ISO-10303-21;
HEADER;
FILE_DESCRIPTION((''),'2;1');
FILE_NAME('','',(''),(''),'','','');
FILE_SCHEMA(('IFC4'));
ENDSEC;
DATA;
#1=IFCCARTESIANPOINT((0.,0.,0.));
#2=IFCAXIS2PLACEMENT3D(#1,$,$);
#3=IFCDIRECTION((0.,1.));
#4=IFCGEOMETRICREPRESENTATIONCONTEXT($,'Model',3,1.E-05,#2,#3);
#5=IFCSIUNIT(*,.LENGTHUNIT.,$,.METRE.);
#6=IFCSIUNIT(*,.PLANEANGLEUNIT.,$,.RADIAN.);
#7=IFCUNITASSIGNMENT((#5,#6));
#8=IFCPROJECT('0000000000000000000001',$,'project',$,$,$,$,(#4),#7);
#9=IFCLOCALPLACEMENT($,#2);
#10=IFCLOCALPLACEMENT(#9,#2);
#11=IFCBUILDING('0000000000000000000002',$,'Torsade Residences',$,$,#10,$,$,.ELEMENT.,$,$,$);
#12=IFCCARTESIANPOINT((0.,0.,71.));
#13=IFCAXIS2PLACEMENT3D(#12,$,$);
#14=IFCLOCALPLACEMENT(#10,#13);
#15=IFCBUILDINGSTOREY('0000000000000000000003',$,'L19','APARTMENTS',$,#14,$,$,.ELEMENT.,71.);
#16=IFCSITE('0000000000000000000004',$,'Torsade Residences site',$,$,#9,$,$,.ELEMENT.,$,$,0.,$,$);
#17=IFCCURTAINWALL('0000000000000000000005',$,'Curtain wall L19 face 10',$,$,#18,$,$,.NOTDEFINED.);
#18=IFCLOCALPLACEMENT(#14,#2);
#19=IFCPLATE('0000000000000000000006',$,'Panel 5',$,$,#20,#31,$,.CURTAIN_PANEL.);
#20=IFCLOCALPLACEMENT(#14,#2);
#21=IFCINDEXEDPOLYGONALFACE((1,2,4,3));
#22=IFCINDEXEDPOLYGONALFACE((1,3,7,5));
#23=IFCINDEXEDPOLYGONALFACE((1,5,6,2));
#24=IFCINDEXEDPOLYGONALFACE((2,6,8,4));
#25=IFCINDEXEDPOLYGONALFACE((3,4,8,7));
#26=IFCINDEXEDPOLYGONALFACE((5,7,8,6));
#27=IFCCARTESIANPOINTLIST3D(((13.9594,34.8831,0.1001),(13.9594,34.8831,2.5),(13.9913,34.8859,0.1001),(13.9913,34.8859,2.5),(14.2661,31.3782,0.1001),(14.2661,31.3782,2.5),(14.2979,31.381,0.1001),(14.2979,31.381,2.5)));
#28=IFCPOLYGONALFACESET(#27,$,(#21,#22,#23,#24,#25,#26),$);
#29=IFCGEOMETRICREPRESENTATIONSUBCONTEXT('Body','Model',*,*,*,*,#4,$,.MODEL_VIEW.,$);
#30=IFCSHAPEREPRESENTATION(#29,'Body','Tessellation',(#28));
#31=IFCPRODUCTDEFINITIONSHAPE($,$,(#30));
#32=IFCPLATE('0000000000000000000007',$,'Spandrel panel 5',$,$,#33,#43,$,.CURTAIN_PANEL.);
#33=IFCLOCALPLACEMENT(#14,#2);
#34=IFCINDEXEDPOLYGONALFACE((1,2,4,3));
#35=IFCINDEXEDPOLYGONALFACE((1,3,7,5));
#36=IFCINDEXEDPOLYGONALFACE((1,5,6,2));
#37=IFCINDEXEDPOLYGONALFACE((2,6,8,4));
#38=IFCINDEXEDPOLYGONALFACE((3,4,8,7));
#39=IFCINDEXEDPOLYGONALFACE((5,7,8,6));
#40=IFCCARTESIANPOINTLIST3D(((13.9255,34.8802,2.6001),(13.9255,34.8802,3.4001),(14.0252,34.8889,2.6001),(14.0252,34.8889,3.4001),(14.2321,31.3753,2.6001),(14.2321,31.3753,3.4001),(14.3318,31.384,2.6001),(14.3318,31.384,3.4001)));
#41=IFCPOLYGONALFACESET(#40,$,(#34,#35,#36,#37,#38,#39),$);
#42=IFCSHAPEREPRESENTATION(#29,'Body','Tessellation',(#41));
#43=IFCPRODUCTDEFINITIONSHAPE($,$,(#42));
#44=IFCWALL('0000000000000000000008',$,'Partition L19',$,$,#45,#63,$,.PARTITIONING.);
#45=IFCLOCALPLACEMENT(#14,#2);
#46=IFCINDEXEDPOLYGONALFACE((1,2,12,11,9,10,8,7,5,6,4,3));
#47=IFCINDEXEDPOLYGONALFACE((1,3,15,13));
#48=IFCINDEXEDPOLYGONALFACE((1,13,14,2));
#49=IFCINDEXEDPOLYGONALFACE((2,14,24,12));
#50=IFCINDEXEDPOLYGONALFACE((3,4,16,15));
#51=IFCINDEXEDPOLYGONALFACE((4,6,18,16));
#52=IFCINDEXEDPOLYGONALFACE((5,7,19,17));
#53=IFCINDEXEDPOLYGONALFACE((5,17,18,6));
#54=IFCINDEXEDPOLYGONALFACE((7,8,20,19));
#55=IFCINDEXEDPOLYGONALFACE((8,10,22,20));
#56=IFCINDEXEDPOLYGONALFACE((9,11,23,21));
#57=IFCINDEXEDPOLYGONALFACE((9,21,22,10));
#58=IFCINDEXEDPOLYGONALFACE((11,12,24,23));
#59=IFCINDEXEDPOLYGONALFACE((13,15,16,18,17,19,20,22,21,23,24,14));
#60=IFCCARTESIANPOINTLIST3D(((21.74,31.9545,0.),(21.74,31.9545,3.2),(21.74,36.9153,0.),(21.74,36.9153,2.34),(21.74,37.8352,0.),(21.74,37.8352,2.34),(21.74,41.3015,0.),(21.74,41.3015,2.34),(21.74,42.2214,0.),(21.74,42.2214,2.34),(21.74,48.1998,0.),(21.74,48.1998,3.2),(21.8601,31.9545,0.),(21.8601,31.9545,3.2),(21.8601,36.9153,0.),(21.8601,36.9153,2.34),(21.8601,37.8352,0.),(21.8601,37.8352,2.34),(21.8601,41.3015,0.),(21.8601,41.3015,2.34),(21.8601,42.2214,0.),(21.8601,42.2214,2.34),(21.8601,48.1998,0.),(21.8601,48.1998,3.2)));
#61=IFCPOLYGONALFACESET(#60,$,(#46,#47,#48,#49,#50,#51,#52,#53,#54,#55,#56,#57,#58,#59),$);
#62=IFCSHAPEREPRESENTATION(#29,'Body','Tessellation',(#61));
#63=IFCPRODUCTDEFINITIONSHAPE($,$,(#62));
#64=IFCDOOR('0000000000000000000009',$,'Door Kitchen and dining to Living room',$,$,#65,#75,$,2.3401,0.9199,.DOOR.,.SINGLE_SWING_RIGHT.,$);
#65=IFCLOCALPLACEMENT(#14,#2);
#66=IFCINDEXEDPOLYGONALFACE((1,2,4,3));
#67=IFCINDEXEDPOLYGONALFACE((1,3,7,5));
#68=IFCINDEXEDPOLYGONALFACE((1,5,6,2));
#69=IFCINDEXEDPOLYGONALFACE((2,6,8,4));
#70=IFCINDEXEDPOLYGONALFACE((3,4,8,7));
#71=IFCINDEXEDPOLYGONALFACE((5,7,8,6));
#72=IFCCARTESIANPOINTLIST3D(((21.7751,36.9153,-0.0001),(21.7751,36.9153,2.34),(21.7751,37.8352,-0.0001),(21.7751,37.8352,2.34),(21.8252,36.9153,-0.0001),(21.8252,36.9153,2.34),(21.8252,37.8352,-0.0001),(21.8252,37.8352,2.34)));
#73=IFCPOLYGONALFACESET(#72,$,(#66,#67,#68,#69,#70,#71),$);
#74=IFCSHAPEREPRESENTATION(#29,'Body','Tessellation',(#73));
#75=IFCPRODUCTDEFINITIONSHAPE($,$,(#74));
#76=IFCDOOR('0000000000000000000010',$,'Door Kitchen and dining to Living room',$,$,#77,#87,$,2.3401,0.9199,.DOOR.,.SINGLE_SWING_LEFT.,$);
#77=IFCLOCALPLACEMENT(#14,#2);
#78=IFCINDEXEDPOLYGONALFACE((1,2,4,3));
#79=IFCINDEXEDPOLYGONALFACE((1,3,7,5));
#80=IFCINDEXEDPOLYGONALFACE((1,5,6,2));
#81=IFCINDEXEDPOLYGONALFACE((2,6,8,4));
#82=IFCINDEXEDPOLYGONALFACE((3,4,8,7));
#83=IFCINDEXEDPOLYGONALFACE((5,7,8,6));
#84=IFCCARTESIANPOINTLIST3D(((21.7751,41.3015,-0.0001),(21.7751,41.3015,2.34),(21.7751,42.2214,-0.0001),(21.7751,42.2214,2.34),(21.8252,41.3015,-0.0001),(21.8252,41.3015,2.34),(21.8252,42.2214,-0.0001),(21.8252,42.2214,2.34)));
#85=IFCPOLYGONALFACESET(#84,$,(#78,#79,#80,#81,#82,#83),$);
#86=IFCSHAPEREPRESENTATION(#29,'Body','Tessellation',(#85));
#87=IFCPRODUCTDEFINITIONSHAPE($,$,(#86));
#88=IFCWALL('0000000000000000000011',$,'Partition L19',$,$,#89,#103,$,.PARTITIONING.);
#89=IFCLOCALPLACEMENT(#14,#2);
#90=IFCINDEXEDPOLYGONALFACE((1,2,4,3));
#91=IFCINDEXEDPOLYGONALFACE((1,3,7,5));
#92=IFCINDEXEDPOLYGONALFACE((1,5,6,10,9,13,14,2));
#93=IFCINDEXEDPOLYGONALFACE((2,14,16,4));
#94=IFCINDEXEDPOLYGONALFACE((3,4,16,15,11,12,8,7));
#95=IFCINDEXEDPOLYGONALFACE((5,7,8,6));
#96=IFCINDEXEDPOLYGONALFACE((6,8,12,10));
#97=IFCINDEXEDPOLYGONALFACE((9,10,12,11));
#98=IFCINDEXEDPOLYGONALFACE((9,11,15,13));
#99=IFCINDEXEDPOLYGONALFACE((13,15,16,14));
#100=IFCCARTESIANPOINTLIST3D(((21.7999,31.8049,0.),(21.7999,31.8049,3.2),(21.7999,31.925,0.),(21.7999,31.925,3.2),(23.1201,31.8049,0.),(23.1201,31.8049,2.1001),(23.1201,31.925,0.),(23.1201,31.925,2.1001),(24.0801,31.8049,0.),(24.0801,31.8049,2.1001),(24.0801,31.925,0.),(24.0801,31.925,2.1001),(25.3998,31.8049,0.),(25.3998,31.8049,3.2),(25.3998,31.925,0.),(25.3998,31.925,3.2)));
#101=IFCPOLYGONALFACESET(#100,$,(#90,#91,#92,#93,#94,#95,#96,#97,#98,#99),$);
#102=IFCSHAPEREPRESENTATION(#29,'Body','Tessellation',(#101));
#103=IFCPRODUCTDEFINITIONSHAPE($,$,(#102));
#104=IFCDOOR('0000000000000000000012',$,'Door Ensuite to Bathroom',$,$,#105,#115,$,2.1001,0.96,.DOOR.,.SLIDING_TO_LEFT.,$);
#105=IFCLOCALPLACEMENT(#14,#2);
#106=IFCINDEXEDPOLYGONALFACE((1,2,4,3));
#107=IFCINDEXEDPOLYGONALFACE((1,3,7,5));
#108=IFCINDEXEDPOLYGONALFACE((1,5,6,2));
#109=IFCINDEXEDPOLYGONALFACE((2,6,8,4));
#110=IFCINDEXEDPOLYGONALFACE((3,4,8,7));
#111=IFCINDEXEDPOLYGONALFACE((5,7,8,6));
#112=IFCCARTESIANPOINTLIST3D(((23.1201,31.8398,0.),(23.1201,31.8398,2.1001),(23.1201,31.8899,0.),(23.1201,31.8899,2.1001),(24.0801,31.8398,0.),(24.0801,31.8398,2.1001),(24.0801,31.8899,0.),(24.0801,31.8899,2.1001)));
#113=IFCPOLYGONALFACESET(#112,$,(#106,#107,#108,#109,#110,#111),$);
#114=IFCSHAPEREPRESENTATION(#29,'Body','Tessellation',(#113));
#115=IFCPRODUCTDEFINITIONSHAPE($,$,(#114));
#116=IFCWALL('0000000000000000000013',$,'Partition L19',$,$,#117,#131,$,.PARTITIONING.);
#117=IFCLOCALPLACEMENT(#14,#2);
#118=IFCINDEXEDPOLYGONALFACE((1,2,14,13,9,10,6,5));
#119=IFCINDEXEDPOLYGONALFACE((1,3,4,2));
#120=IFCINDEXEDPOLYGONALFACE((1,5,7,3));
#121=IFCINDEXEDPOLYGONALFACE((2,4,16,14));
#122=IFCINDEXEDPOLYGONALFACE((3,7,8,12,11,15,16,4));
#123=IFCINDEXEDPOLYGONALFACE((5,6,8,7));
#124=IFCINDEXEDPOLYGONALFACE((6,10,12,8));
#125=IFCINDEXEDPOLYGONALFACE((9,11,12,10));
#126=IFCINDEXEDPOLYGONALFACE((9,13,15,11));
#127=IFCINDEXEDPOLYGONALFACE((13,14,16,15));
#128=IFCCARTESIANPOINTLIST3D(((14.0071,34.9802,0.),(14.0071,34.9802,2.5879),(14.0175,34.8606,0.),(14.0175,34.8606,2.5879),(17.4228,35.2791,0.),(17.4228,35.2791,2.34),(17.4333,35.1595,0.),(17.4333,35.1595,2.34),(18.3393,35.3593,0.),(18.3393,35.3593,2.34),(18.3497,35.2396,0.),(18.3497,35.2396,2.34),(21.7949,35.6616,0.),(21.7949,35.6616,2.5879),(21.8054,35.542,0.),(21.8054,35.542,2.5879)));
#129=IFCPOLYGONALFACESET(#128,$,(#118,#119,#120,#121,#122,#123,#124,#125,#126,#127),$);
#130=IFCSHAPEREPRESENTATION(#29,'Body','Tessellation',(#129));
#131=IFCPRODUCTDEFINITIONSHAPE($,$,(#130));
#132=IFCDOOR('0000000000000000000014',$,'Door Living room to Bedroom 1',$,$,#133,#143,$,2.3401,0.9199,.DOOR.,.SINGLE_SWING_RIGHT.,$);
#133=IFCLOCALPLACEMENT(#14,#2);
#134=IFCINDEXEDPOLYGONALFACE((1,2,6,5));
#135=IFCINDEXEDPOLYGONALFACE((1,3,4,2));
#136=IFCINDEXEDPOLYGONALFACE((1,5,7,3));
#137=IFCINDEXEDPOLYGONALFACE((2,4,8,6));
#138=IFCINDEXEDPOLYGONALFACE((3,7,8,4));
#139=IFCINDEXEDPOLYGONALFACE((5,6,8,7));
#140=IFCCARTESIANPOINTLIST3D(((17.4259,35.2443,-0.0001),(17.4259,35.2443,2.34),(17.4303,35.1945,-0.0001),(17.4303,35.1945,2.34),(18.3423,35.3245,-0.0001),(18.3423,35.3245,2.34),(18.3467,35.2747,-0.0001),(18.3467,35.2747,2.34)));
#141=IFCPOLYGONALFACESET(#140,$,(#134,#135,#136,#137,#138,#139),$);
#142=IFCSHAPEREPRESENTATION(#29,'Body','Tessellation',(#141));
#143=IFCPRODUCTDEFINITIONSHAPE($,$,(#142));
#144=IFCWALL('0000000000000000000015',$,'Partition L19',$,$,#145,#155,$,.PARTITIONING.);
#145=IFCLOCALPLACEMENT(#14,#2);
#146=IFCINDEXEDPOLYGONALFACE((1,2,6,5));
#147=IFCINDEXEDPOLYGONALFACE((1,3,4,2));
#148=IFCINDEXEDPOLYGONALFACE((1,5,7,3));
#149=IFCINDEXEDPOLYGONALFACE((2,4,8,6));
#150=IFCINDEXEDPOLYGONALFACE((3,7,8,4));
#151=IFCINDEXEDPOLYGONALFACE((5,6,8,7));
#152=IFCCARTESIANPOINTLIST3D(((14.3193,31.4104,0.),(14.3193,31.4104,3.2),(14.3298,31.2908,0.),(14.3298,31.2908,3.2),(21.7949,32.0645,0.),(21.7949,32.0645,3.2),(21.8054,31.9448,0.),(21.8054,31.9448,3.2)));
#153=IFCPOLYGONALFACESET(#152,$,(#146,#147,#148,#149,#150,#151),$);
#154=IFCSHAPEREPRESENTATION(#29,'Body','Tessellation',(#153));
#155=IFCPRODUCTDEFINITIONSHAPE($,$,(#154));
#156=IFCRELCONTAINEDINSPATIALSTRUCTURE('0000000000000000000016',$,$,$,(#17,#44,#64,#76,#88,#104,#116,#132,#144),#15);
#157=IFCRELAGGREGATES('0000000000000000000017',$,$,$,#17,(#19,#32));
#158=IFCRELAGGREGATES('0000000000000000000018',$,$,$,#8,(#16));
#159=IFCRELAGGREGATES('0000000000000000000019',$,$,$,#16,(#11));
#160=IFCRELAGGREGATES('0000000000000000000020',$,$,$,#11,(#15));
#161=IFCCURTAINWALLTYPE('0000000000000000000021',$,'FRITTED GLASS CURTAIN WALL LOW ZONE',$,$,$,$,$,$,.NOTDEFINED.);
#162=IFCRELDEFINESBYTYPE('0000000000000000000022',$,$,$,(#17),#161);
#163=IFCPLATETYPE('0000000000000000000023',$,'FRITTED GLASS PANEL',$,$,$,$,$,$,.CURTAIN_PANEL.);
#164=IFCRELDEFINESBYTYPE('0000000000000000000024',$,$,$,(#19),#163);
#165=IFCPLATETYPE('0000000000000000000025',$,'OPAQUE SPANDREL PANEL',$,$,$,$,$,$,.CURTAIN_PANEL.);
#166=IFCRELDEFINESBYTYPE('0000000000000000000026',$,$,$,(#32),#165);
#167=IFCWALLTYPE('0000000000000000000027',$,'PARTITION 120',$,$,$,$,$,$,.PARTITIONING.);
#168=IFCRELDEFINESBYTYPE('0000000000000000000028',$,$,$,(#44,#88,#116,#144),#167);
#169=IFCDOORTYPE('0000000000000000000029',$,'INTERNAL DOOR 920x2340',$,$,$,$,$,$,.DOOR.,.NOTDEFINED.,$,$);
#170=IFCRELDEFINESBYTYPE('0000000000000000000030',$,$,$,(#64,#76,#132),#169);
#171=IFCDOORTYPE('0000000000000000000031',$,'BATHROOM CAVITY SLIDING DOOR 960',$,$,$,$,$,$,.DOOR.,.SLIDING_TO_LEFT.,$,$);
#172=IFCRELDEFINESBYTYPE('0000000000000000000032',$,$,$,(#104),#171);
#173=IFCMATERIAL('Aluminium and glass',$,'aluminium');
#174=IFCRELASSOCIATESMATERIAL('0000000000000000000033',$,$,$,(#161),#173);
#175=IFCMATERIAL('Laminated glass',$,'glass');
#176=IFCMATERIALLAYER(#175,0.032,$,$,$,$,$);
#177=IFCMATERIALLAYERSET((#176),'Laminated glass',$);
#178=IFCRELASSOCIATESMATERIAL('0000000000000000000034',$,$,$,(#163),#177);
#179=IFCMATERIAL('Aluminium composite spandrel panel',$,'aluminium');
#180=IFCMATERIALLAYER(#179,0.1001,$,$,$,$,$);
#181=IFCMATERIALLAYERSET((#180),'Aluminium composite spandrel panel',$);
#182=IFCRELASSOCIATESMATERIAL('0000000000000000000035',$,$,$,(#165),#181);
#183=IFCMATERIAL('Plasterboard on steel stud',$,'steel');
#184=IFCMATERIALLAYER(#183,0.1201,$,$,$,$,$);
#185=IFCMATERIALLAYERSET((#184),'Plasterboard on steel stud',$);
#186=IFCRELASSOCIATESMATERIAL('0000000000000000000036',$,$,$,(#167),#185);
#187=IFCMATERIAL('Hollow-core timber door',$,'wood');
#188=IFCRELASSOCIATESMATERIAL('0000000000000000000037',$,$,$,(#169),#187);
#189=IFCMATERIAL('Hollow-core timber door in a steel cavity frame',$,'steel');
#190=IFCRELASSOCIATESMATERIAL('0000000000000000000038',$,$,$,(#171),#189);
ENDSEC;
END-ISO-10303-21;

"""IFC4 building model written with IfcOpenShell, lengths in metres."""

from ifc_helpers import new_model, si_unit, direction, frame, frame_2d, origin, origin_2d, place, context, subcontext, project, spatial, rectangle, extrude, material, layer, layer_set, type_object, element, fill, aggregate, save


model = new_model("IFC4")

# Units and contexts
model_context = context("Model", 3, precision=1e-05, world=origin(), true_north=direction((0.0, 1.0)))
body_context = subcontext(model_context, "Body", "Model", "MODEL_VIEW")
ifc_project = project(units=[si_unit("LENGTHUNIT", "METRE"), si_unit("PLANEANGLEUNIT", "RADIAN")], contexts=[model_context])

# Site, building, storey
site_placement = place(None, origin())
site = spatial("IfcSite", under=ifc_project, at=site_placement, Name="Torsade Residences site", CompositionType="ELEMENT", RefElevation=0.0)
building_placement = place(site_placement, origin())
building = spatial("IfcBuilding", under=site, at=building_placement, Name="Torsade Residences", CompositionType="ELEMENT")
storey_placement = place(building_placement, frame((0.0, 0.0, 71.0)))
storey = spatial("IfcBuildingStorey", under=building, at=storey_placement, Name="L19", Description="APARTMENTS", CompositionType="ELEMENT", Elevation=71.0)

# Curtain wall
ifc_material_1 = material(Name="Aluminium and glass", Category="aluminium")
curtain_wall_type = type_object("IfcCurtainWallType", Name="FRITTED GLASS CURTAIN WALL LOW ZONE", PredefinedType="NOTDEFINED", material=ifc_material_1)
curtain_wall_placement = place(storey_placement, origin())
curtain_wall = element("IfcCurtainWall", 1, at=curtain_wall_placement, inside=storey, type_object=curtain_wall_type, Name="Curtain wall L19 face 10", PredefinedType="NOTDEFINED")

# Plates
ifc_material_2 = material(Name="Laminated glass", Category="glass")
ifc_layer_1 = layer(ifc_material_2, 0.032)
ifc_layer_set_1 = layer_set([ifc_layer_1], Name="Laminated glass")
plate_type_1 = type_object("IfcPlateType", Name="FRITTED GLASS PANEL", PredefinedType="CURTAIN_PANEL", material=ifc_layer_set_1)
plate_1_placement = place(storey_placement, frame((14.1287, 33.1321, 0.1001), z_axis=(0.0, 0.0, 1.0), x_axis=(0.087156, -0.996195, 0.0)))
plate_1 = element("IfcPlate", 2, at=plate_1_placement, type_object=plate_type_1, Name="Panel 5", PredefinedType="CURTAIN_PANEL", context=body_context, shape_type="SweptSolid", body=[
    extrude(rectangle(XDim=3.5183, YDim=0.032, at=origin_2d()), origin(), (0.0, 0.0, 1.0), 2.3999),
])
ifc_material_3 = material(Name="Aluminium composite spandrel panel", Category="aluminium")
ifc_layer_2 = layer(ifc_material_3, 0.1001)
ifc_layer_set_2 = layer_set([ifc_layer_2], Name="Aluminium composite spandrel panel")
plate_type_2 = type_object("IfcPlateType", Name="OPAQUE SPANDREL PANEL", PredefinedType="CURTAIN_PANEL", material=ifc_layer_set_2)
plate_2_placement = place(storey_placement, frame((14.1287, 33.1321, 2.6001), z_axis=(0.0, 0.0, 1.0), x_axis=(0.087156, -0.996195, 0.0)))
plate_2 = element("IfcPlate", 3, at=plate_2_placement, type_object=plate_type_2, Name="Spandrel panel 5", PredefinedType="CURTAIN_PANEL", context=body_context, shape_type="SweptSolid", body=[
    extrude(rectangle(XDim=3.5183, YDim=0.1001, at=origin_2d()), origin(), (0.0, 0.0, 1.0), 0.8),
])
aggregate(curtain_wall, [plate_1, plate_2])

# Wall, openings, doors
ifc_material_4 = material(Name="Plasterboard on steel stud", Category="steel")
ifc_layer_3 = layer(ifc_material_4, 0.1201)
ifc_layer_set_3 = layer_set([ifc_layer_3], Name="Plasterboard on steel stud")
wall_type = type_object("IfcWallType", Name="PARTITION 120", PredefinedType="PARTITIONING", material=ifc_layer_set_3)
wall_1_placement = place(storey_placement, frame((21.8, 31.9546, 0.0), z_axis=(0.0, 0.0, 1.0), x_axis=(0.0, 1.0, 0.0)))
wall_1 = element("IfcWall", 4, at=wall_1_placement, inside=storey, type_object=wall_type, Name="Partition L19", PredefinedType="PARTITIONING", context=body_context, shape_type="SweptSolid", body=[
    extrude(rectangle(XDim=16.2454, YDim=0.1201, at=frame_2d((8.1226, 0.0))), origin(), (0.0, 0.0, 1.0), 3.2),
])
opening_1_placement = place(wall_1_placement, frame((4.9607, 0.0, 0.0)))
opening_1 = element("IfcOpeningElement", 5, at=opening_1_placement, cuts=wall_1, PredefinedType="OPENING", context=body_context, shape_type="SweptSolid", body=[
    extrude(rectangle(XDim=0.9199, YDim=2.3401, at=frame_2d((0.46, 1.1699))), frame((0.0, 0.0701, 0.0), z_axis=(0.0, -1.0, 0.0), x_axis=(1.0, 0.0, 0.0)), (0.0, 0.0, 1.0), 0.1401),
])
opening_2_placement = place(wall_1_placement, frame((9.3469, 0.0, 0.0)))
opening_2 = element("IfcOpeningElement", 6, at=opening_2_placement, cuts=wall_1, PredefinedType="OPENING", context=body_context, shape_type="SweptSolid", body=[
    extrude(rectangle(XDim=0.9199, YDim=2.3401, at=frame_2d((0.46, 1.1699))), frame((0.0, 0.0701, 0.0), z_axis=(0.0, -1.0, 0.0), x_axis=(1.0, 0.0, 0.0)), (0.0, 0.0, 1.0), 0.1401),
])
ifc_material_5 = material(Name="Hollow-core timber door", Category="wood")
door_type_1 = type_object("IfcDoorType", Name="INTERNAL DOOR 920x2340", OperationType="NOTDEFINED", PredefinedType="DOOR", material=ifc_material_5)
door_1_placement = place(opening_1_placement, origin())
door_1 = element("IfcDoor", 7, at=door_1_placement, inside=storey, type_object=door_type_1, Name="Door Kitchen and dining to Living room", OperationType="SINGLE_SWING_RIGHT", OverallHeight=2.3401, OverallWidth=0.9199, PredefinedType="DOOR", context=body_context, shape_type="SweptSolid", body=[
    extrude(rectangle(XDim=0.9199, YDim=2.3401, at=frame_2d((0.46, 1.1699))), frame((0.0, 0.0249, 0.0), z_axis=(0.0, -1.0, 0.0), x_axis=(1.0, 0.0, 0.0)), (0.0, 0.0, 1.0), 0.05),
])
fill(opening_1, door_1)
door_2_placement = place(opening_2_placement, origin())
door_2 = element("IfcDoor", 8, at=door_2_placement, inside=storey, type_object=door_type_1, Name="Door Kitchen and dining to Living room", OperationType="SINGLE_SWING_LEFT", OverallHeight=2.3401, OverallWidth=0.9199, PredefinedType="DOOR", context=body_context, shape_type="SweptSolid", body=[
    extrude(rectangle(XDim=0.9199, YDim=2.3401, at=frame_2d((0.46, 1.1699))), frame((0.0, 0.0249, 0.0), z_axis=(0.0, -1.0, 0.0), x_axis=(1.0, 0.0, 0.0)), (0.0, 0.0, 1.0), 0.05),
])
fill(opening_2, door_2)

# Walls, openings, doors
wall_2_placement = place(storey_placement, frame((21.8, 31.865, 0.0), z_axis=(0.0, 0.0, 1.0), x_axis=(1.0, 0.0, 0.0)))
wall_2 = element("IfcWall", 9, at=wall_2_placement, inside=storey, type_object=wall_type, Name="Partition L19", PredefinedType="PARTITIONING", context=body_context, shape_type="SweptSolid", body=[
    extrude(rectangle(XDim=3.5999, YDim=0.1201, at=frame_2d((1.7998, 0.0))), origin(), (0.0, 0.0, 1.0), 3.2),
])
opening_3_placement = place(wall_2_placement, frame((1.3201, 0.0, 0.0)))
opening_3 = element("IfcOpeningElement", 10, at=opening_3_placement, cuts=wall_2, PredefinedType="OPENING", context=body_context, shape_type="SweptSolid", body=[
    extrude(rectangle(XDim=0.96, YDim=2.1001, at=frame_2d((0.48, 1.05))), frame((0.0, 0.0701, 0.0), z_axis=(0.0, -1.0, 0.0), x_axis=(1.0, 0.0, 0.0)), (0.0, 0.0, 1.0), 0.1401),
])
ifc_material_6 = material(Name="Hollow-core timber door in a steel cavity frame", Category="steel")
door_type_2 = type_object("IfcDoorType", Name="BATHROOM CAVITY SLIDING DOOR 960", OperationType="SLIDING_TO_LEFT", PredefinedType="DOOR", material=ifc_material_6)
door_3_placement = place(opening_3_placement, origin())
door_3 = element("IfcDoor", 11, at=door_3_placement, inside=storey, type_object=door_type_2, Name="Door Ensuite to Bathroom", OperationType="SLIDING_TO_LEFT", OverallHeight=2.1001, OverallWidth=0.96, PredefinedType="DOOR", context=body_context, shape_type="SweptSolid", body=[
    extrude(rectangle(XDim=0.96, YDim=2.1001, at=frame_2d((0.48, 1.05))), frame((0.0, 0.0249, 0.0), z_axis=(0.0, -1.0, 0.0), x_axis=(1.0, 0.0, 0.0)), (0.0, 0.0, 1.0), 0.05),
])
fill(opening_3, door_3)
wall_3_placement = place(storey_placement, frame((21.8, 35.6018, 0.0), z_axis=(0.0, 0.0, 1.0), x_axis=(-0.996194, -0.087162, 0.0)))
wall_3 = element("IfcWall", 12, at=wall_3_placement, inside=storey, type_object=wall_type, Name="Partition L19", PredefinedType="PARTITIONING", context=body_context, shape_type="SweptSolid", body=[
    extrude(rectangle(XDim=7.8176, YDim=0.1201, at=frame_2d((3.9087, 0.0))), origin(), (0.0, 0.0, 1.0), 2.5879),
])
opening_4_placement = place(wall_3_placement, frame((3.4688, 0.0, 0.0)))
opening_4 = element("IfcOpeningElement", 13, at=opening_4_placement, cuts=wall_3, PredefinedType="OPENING", context=body_context, shape_type="SweptSolid", body=[
    extrude(rectangle(XDim=0.9199, YDim=2.3401, at=frame_2d((0.46, 1.1699))), frame((0.0, 0.0701, 0.0), z_axis=(0.0, -1.0, 0.0), x_axis=(1.0, 0.0, 0.0)), (0.0, 0.0, 1.0), 0.1401),
])
door_4_placement = place(opening_4_placement, origin())
door_4 = element("IfcDoor", 14, at=door_4_placement, inside=storey, type_object=door_type_1, Name="Door Living room to Bedroom 1", OperationType="SINGLE_SWING_RIGHT", OverallHeight=2.3401, OverallWidth=0.9199, PredefinedType="DOOR", context=body_context, shape_type="SweptSolid", body=[
    extrude(rectangle(XDim=0.9199, YDim=2.3401, at=frame_2d((0.46, 1.1699))), frame((0.0, 0.0249, 0.0), z_axis=(0.0, -1.0, 0.0), x_axis=(1.0, 0.0, 0.0)), (0.0, 0.0, 1.0), 0.05),
])
fill(opening_4, door_4)

# Wall
wall_4_placement = place(storey_placement, frame((21.8, 32.0046, 0.0), z_axis=(0.0, 0.0, 1.0), x_axis=(-0.996194, -0.087159, 0.0)))
element("IfcWall", 15, at=wall_4_placement, inside=storey, type_object=wall_type, Name="Partition L19", PredefinedType="PARTITIONING", context=body_context, shape_type="SweptSolid", body=[
    extrude(rectangle(XDim=7.5042, YDim=0.1201, at=frame_2d((3.752, 0.0))), origin(), (0.0, 0.0, 1.0), 3.2),
])

save(model, "model.ifc")
